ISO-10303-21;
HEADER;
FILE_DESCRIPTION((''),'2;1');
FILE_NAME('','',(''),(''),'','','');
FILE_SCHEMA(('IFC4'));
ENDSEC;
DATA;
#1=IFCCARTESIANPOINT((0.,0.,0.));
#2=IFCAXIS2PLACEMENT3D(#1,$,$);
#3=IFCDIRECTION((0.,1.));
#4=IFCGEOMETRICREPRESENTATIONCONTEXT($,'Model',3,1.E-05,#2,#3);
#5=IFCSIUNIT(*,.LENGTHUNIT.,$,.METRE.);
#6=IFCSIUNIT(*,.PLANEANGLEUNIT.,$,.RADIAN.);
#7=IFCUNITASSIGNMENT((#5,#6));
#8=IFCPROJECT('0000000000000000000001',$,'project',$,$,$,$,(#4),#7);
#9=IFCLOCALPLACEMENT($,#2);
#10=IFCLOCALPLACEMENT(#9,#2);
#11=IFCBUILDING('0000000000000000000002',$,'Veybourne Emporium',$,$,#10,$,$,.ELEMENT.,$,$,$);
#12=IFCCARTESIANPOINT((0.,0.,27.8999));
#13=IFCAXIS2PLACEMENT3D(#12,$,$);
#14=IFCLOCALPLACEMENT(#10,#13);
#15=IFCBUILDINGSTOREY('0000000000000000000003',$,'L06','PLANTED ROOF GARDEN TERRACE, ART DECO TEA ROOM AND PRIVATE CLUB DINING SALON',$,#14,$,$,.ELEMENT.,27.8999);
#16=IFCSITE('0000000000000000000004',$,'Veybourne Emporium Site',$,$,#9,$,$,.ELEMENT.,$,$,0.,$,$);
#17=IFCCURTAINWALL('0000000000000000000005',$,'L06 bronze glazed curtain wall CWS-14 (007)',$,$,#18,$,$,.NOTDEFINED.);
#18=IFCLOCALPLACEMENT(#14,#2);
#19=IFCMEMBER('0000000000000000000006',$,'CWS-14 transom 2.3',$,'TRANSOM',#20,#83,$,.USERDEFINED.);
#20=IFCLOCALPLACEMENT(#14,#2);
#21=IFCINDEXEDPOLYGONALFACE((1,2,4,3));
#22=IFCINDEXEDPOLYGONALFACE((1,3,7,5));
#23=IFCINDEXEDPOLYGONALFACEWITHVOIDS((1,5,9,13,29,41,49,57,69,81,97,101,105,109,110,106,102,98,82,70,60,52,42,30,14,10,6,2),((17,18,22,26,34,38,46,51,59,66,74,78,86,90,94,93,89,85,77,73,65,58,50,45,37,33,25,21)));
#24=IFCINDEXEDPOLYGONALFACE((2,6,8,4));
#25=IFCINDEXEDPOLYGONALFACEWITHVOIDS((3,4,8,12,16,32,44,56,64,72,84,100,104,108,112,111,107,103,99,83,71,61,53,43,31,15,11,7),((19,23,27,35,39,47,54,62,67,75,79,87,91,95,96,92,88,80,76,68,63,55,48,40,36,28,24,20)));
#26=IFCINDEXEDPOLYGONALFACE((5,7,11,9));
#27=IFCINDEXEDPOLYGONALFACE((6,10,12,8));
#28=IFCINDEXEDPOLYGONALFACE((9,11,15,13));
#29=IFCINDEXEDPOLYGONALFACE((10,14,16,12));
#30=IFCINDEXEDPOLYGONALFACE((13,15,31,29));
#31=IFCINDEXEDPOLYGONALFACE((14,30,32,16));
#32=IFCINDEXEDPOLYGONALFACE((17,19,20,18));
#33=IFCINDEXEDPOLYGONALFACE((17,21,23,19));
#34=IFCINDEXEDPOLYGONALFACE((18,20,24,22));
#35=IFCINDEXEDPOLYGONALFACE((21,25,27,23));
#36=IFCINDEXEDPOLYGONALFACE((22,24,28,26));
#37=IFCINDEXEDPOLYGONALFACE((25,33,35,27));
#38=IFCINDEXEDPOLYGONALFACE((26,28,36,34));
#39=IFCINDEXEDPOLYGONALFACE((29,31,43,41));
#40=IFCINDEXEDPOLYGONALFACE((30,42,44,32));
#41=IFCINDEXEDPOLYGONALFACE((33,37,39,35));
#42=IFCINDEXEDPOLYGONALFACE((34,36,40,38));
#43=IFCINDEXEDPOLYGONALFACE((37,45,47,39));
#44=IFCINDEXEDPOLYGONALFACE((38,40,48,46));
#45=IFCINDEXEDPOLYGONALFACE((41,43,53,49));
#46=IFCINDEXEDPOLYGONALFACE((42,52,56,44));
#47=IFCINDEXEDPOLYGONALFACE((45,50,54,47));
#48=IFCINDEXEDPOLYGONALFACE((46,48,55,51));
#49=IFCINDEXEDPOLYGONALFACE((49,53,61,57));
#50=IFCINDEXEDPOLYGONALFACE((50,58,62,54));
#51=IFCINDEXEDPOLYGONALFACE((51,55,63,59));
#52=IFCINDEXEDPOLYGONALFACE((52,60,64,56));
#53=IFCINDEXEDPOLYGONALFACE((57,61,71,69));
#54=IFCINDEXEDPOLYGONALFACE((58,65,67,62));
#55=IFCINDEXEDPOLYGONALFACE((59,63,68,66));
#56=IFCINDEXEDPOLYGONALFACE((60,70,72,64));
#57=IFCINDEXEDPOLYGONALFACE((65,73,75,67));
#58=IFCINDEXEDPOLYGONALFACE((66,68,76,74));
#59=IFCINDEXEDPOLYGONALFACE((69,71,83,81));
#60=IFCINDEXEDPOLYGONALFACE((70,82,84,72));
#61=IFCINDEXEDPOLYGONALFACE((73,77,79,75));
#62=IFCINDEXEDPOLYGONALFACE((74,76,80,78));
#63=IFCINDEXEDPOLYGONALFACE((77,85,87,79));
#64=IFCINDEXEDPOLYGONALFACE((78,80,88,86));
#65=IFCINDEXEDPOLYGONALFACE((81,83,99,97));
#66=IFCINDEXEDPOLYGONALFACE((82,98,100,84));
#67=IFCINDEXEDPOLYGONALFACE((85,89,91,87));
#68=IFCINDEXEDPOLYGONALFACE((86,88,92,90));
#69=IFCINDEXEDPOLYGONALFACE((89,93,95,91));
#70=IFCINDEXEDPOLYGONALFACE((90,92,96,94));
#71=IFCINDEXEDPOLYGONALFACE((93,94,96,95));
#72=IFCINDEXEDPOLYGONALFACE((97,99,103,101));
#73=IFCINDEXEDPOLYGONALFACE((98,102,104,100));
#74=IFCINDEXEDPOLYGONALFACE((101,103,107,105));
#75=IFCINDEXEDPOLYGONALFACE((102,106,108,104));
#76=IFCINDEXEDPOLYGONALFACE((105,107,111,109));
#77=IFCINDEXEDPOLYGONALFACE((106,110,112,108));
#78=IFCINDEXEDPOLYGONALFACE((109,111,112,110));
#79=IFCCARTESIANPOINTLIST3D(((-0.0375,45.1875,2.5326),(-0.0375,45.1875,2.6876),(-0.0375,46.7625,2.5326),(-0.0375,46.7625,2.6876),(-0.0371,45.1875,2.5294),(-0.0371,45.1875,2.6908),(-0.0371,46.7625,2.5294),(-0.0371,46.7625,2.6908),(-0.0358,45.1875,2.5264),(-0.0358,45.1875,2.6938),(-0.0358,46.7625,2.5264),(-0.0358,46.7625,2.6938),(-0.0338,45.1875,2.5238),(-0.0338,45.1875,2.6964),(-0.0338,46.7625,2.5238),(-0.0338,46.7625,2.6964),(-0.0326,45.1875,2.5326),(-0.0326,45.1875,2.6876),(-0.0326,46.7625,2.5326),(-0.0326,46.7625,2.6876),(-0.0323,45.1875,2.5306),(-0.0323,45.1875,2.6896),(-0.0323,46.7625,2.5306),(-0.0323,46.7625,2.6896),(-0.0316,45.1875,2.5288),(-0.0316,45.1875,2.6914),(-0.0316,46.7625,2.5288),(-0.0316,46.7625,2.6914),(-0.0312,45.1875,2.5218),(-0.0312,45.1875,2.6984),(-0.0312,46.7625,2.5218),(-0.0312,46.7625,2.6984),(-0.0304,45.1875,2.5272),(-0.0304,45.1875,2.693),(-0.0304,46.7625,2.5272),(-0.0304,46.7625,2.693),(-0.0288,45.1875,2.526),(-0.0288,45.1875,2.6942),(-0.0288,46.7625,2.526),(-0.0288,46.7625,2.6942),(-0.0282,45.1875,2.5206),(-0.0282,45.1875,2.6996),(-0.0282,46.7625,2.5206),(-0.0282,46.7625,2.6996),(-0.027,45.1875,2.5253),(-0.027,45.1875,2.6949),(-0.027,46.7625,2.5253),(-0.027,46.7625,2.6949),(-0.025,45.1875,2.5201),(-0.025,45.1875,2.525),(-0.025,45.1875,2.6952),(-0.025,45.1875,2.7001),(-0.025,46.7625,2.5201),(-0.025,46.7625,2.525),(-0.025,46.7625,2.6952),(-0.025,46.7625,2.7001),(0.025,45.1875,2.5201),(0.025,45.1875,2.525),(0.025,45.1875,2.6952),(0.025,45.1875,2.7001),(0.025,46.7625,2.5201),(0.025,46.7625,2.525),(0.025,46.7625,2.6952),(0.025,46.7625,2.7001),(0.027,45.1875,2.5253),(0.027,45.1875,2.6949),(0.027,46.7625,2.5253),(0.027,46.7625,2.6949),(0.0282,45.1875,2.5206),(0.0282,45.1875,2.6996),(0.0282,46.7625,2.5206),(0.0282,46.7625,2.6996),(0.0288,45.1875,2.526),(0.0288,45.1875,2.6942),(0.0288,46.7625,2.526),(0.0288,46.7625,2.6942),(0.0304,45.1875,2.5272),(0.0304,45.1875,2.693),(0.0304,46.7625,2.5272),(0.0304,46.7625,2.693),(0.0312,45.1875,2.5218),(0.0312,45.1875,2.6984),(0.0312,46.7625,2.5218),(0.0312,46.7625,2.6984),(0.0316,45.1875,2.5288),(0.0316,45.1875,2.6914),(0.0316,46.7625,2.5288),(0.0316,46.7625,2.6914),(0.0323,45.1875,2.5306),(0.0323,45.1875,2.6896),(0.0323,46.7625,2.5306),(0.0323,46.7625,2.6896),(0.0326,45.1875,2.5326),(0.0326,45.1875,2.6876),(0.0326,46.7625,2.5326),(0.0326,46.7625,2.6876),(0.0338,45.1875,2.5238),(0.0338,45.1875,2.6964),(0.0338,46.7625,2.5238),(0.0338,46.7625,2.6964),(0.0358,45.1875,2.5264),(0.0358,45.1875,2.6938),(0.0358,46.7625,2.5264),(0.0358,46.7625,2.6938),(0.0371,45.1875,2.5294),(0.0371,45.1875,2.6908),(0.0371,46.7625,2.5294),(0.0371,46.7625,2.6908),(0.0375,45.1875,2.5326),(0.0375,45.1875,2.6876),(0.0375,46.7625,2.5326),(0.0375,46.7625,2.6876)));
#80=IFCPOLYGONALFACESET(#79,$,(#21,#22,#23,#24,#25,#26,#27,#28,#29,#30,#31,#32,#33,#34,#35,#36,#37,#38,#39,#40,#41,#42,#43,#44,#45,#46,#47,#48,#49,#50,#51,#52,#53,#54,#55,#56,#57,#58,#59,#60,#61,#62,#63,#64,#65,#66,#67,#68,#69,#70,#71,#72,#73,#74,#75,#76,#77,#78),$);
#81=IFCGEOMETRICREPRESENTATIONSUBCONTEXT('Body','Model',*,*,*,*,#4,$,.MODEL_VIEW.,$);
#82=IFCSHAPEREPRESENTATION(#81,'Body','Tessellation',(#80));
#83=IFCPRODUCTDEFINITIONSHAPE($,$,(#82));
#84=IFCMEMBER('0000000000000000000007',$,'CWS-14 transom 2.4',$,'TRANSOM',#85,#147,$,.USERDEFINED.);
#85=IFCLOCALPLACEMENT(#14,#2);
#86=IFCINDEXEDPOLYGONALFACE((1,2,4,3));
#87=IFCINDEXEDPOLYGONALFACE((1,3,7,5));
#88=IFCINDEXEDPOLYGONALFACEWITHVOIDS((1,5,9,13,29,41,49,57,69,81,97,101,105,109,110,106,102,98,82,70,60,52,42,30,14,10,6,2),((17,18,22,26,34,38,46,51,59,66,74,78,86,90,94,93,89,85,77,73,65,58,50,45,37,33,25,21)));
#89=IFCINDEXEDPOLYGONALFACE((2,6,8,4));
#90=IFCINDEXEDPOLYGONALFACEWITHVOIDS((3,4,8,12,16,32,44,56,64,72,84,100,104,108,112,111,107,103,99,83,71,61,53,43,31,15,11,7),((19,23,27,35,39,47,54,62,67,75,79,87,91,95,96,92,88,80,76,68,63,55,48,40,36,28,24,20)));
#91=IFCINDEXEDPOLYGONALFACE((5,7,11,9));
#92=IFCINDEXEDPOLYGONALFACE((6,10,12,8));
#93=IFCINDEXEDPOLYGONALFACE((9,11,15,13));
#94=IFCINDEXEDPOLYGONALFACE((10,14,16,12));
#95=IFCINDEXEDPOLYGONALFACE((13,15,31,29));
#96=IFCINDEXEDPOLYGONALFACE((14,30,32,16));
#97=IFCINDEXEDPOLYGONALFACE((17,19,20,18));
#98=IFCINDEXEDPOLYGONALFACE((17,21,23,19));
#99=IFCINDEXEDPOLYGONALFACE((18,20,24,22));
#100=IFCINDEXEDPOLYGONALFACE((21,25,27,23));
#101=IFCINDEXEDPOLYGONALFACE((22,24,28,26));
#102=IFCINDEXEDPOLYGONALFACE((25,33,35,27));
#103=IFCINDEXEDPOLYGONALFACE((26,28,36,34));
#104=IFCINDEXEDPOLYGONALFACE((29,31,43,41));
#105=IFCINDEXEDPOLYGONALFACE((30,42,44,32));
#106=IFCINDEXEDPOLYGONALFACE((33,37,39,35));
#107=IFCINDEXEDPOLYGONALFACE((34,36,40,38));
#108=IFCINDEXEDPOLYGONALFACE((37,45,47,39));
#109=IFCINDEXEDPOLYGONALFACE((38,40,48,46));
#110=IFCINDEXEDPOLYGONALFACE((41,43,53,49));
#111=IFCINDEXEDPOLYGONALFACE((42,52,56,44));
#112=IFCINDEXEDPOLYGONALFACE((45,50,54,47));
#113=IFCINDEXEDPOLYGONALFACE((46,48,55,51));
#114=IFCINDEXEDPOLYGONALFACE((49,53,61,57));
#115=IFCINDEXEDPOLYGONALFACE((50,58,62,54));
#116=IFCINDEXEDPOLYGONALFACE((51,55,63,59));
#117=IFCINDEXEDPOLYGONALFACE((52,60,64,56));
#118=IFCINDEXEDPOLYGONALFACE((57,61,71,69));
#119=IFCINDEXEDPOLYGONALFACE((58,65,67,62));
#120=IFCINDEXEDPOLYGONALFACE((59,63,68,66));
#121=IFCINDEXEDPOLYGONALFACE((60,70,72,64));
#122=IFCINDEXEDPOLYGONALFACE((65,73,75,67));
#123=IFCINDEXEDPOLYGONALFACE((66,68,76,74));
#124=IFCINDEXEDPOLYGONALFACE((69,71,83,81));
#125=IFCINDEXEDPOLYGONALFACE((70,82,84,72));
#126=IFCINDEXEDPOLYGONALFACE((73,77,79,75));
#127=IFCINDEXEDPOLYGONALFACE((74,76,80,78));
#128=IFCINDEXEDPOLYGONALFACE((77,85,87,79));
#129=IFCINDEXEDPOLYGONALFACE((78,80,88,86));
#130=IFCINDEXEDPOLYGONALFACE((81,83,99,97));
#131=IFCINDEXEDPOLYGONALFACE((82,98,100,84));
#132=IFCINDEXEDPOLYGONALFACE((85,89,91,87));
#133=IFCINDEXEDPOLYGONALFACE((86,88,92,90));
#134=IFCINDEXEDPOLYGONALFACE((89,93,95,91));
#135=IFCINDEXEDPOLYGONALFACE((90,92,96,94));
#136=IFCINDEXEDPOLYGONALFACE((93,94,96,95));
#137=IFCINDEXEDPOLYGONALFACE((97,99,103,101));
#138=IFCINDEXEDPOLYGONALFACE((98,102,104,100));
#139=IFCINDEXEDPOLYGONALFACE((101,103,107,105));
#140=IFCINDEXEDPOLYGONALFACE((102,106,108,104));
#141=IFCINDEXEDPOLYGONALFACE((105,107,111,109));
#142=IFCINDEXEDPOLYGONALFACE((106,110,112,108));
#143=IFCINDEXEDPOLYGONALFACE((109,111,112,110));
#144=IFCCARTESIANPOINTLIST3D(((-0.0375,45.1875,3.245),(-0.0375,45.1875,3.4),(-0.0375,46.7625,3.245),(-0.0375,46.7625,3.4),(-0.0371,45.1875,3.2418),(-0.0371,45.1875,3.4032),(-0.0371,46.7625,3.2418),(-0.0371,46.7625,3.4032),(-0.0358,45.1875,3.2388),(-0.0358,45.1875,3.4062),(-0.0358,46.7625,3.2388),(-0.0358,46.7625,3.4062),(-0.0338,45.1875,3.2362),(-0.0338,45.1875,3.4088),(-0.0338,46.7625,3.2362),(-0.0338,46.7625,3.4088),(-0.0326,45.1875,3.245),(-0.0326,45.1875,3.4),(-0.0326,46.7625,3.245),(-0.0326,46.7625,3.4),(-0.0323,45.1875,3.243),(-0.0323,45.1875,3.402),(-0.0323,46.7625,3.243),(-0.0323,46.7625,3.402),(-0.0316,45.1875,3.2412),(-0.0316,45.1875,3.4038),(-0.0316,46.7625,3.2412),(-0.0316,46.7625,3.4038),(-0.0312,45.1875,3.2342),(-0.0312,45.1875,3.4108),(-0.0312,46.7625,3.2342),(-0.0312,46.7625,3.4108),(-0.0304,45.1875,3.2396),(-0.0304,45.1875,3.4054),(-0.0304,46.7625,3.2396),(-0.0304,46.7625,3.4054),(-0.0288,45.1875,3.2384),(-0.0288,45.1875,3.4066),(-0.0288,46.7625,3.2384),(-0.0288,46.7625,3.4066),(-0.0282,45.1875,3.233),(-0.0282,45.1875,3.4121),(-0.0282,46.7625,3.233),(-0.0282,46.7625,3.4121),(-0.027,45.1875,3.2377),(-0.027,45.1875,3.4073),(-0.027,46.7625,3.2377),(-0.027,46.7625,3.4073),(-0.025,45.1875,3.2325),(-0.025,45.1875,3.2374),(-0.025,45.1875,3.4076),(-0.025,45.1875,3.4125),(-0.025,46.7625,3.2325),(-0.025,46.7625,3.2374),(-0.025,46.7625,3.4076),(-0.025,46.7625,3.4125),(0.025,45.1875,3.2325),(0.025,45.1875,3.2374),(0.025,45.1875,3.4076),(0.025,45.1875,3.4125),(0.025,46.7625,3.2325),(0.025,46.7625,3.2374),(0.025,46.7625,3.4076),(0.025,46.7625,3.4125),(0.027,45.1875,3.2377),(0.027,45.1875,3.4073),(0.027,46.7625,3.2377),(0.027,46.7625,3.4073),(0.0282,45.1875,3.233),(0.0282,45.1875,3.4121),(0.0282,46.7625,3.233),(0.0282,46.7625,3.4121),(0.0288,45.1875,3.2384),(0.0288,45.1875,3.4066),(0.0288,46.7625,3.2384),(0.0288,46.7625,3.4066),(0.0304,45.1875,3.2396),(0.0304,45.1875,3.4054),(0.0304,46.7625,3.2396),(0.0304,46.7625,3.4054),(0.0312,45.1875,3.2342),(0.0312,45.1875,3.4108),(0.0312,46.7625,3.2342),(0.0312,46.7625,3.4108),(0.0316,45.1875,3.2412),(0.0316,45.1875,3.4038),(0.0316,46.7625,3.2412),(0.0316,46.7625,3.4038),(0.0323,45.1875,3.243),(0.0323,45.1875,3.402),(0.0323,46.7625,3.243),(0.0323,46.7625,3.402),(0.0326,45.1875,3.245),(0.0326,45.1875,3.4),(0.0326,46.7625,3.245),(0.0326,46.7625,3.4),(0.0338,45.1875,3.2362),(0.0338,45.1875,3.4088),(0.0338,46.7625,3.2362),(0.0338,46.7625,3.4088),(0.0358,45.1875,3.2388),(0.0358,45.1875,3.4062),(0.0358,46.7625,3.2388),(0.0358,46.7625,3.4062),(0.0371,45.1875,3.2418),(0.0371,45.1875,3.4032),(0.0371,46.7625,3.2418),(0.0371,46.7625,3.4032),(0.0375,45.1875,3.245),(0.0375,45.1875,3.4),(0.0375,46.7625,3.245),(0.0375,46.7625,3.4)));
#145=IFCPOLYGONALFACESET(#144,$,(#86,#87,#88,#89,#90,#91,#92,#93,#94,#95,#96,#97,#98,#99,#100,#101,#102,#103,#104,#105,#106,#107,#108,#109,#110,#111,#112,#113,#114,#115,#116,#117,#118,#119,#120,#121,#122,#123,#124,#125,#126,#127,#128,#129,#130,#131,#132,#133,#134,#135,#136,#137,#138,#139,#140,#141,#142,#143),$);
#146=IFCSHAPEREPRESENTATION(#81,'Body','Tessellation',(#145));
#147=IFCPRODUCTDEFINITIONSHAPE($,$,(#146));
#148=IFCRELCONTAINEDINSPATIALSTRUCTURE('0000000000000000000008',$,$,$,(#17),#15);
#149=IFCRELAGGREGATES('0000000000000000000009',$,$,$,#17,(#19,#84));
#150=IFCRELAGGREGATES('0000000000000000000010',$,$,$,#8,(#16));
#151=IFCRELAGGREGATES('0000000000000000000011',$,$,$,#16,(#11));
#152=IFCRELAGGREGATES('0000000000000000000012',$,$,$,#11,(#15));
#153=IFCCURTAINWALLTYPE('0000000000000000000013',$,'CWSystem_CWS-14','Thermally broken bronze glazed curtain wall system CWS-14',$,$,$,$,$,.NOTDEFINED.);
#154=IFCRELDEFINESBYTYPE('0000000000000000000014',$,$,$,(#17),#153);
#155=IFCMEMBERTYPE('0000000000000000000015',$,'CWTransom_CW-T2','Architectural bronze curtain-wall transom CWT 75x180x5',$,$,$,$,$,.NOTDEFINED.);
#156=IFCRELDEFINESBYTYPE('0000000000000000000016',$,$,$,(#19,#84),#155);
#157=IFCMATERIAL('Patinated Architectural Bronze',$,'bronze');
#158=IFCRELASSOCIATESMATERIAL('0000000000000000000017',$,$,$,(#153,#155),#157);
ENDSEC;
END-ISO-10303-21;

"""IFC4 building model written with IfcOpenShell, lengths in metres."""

from ifc_helpers import new_model, si_unit, direction, frame, origin, origin_2d, place, context, subcontext, project, spatial, hollow_rectangle, extrude, material, material_profile, profile_set, type_object, element, aggregate, save


model = new_model("IFC4")

# Units and contexts
model_context = context("Model", 3, precision=1e-05, world=origin(), true_north=direction((0.0, 1.0)))
body_context = subcontext(model_context, "Body", "Model", "MODEL_VIEW")
ifc_project = project(units=[si_unit("LENGTHUNIT", "METRE"), si_unit("PLANEANGLEUNIT", "RADIAN")], contexts=[model_context])

# Site, building, storey
site_placement = place(None, origin())
site = spatial("IfcSite", under=ifc_project, at=site_placement, Name="Veybourne Emporium Site", CompositionType="ELEMENT", RefElevation=0.0)
building_placement = place(site_placement, origin())
building = spatial("IfcBuilding", under=site, at=building_placement, Name="Veybourne Emporium", CompositionType="ELEMENT")
storey_placement = place(building_placement, frame((0.0, 0.0, 27.8999)))
storey = spatial("IfcBuildingStorey", under=building, at=storey_placement, Name="L06", Description="PLANTED ROOF GARDEN TERRACE, ART DECO TEA ROOM AND PRIVATE CLUB DINING SALON", CompositionType="ELEMENT", Elevation=27.8999)

# Curtain wall, members
ifc_material_1 = material(Name="Patinated Architectural Bronze", Category="bronze")
curtain_wall_type = type_object("IfcCurtainWallType", Name="CWSystem_CWS-14", Description="Thermally broken bronze glazed curtain wall system CWS-14", PredefinedType="NOTDEFINED", material=ifc_material_1)
curtain_wall_placement = place(storey_placement, origin())
curtain_wall = element("IfcCurtainWall", 1, at=curtain_wall_placement, inside=storey, type_object=curtain_wall_type, Name="L06 bronze glazed curtain wall CWS-14 (007)", PredefinedType="NOTDEFINED")
ifc_material_profile_1 = material_profile(ifc_material_1, hollow_rectangle(XDim=0.075, YDim=0.1799, WallThickness=0.0049, InnerFilletRadius=0.0076, OuterFilletRadius=0.0125, at=origin_2d()), Name="CWT 75x180x5")
ifc_profile_set_1 = profile_set([ifc_material_profile_1], Name="Patinated Architectural Bronze")
member_type_1 = type_object("IfcMemberType", Name="CWTransom_CW-T2", Description="Architectural bronze curtain-wall transom CWT 75x180x5", PredefinedType="NOTDEFINED", material=ifc_profile_set_1)
member_1_placement = place(storey_placement, frame((0.0, 45.1875, 2.6101), z_axis=(0.0, 1.0, 0.0), x_axis=(-1.0, 0.0, 0.0)))
member_1 = element("IfcMember", 2, at=member_1_placement, type_object=member_type_1, Name="CWS-14 transom 2.3", ObjectType="TRANSOM", PredefinedType="USERDEFINED", context=body_context, shape_type="SweptSolid", body=[
    extrude(hollow_rectangle(XDim=0.075, YDim=0.1799, WallThickness=0.0049, InnerFilletRadius=0.0076, OuterFilletRadius=0.0125, at=origin_2d()), origin(), (0.0, 0.0, 1.0), 1.575),
])
member_2_placement = place(storey_placement, frame((0.0, 45.1875, 3.3225), z_axis=(0.0, 1.0, 0.0), x_axis=(-1.0, 0.0, 0.0)))
member_2 = element("IfcMember", 3, at=member_2_placement, type_object=member_type_1, Name="CWS-14 transom 2.4", ObjectType="TRANSOM", PredefinedType="USERDEFINED", context=body_context, shape_type="SweptSolid", body=[
    extrude(hollow_rectangle(XDim=0.075, YDim=0.1799, WallThickness=0.0049, InnerFilletRadius=0.0076, OuterFilletRadius=0.0125, at=origin_2d()), origin(), (0.0, 0.0, 1.0), 1.575),
])

aggregate(curtain_wall, [member_1, member_2])

save(model, "model.ifc")
